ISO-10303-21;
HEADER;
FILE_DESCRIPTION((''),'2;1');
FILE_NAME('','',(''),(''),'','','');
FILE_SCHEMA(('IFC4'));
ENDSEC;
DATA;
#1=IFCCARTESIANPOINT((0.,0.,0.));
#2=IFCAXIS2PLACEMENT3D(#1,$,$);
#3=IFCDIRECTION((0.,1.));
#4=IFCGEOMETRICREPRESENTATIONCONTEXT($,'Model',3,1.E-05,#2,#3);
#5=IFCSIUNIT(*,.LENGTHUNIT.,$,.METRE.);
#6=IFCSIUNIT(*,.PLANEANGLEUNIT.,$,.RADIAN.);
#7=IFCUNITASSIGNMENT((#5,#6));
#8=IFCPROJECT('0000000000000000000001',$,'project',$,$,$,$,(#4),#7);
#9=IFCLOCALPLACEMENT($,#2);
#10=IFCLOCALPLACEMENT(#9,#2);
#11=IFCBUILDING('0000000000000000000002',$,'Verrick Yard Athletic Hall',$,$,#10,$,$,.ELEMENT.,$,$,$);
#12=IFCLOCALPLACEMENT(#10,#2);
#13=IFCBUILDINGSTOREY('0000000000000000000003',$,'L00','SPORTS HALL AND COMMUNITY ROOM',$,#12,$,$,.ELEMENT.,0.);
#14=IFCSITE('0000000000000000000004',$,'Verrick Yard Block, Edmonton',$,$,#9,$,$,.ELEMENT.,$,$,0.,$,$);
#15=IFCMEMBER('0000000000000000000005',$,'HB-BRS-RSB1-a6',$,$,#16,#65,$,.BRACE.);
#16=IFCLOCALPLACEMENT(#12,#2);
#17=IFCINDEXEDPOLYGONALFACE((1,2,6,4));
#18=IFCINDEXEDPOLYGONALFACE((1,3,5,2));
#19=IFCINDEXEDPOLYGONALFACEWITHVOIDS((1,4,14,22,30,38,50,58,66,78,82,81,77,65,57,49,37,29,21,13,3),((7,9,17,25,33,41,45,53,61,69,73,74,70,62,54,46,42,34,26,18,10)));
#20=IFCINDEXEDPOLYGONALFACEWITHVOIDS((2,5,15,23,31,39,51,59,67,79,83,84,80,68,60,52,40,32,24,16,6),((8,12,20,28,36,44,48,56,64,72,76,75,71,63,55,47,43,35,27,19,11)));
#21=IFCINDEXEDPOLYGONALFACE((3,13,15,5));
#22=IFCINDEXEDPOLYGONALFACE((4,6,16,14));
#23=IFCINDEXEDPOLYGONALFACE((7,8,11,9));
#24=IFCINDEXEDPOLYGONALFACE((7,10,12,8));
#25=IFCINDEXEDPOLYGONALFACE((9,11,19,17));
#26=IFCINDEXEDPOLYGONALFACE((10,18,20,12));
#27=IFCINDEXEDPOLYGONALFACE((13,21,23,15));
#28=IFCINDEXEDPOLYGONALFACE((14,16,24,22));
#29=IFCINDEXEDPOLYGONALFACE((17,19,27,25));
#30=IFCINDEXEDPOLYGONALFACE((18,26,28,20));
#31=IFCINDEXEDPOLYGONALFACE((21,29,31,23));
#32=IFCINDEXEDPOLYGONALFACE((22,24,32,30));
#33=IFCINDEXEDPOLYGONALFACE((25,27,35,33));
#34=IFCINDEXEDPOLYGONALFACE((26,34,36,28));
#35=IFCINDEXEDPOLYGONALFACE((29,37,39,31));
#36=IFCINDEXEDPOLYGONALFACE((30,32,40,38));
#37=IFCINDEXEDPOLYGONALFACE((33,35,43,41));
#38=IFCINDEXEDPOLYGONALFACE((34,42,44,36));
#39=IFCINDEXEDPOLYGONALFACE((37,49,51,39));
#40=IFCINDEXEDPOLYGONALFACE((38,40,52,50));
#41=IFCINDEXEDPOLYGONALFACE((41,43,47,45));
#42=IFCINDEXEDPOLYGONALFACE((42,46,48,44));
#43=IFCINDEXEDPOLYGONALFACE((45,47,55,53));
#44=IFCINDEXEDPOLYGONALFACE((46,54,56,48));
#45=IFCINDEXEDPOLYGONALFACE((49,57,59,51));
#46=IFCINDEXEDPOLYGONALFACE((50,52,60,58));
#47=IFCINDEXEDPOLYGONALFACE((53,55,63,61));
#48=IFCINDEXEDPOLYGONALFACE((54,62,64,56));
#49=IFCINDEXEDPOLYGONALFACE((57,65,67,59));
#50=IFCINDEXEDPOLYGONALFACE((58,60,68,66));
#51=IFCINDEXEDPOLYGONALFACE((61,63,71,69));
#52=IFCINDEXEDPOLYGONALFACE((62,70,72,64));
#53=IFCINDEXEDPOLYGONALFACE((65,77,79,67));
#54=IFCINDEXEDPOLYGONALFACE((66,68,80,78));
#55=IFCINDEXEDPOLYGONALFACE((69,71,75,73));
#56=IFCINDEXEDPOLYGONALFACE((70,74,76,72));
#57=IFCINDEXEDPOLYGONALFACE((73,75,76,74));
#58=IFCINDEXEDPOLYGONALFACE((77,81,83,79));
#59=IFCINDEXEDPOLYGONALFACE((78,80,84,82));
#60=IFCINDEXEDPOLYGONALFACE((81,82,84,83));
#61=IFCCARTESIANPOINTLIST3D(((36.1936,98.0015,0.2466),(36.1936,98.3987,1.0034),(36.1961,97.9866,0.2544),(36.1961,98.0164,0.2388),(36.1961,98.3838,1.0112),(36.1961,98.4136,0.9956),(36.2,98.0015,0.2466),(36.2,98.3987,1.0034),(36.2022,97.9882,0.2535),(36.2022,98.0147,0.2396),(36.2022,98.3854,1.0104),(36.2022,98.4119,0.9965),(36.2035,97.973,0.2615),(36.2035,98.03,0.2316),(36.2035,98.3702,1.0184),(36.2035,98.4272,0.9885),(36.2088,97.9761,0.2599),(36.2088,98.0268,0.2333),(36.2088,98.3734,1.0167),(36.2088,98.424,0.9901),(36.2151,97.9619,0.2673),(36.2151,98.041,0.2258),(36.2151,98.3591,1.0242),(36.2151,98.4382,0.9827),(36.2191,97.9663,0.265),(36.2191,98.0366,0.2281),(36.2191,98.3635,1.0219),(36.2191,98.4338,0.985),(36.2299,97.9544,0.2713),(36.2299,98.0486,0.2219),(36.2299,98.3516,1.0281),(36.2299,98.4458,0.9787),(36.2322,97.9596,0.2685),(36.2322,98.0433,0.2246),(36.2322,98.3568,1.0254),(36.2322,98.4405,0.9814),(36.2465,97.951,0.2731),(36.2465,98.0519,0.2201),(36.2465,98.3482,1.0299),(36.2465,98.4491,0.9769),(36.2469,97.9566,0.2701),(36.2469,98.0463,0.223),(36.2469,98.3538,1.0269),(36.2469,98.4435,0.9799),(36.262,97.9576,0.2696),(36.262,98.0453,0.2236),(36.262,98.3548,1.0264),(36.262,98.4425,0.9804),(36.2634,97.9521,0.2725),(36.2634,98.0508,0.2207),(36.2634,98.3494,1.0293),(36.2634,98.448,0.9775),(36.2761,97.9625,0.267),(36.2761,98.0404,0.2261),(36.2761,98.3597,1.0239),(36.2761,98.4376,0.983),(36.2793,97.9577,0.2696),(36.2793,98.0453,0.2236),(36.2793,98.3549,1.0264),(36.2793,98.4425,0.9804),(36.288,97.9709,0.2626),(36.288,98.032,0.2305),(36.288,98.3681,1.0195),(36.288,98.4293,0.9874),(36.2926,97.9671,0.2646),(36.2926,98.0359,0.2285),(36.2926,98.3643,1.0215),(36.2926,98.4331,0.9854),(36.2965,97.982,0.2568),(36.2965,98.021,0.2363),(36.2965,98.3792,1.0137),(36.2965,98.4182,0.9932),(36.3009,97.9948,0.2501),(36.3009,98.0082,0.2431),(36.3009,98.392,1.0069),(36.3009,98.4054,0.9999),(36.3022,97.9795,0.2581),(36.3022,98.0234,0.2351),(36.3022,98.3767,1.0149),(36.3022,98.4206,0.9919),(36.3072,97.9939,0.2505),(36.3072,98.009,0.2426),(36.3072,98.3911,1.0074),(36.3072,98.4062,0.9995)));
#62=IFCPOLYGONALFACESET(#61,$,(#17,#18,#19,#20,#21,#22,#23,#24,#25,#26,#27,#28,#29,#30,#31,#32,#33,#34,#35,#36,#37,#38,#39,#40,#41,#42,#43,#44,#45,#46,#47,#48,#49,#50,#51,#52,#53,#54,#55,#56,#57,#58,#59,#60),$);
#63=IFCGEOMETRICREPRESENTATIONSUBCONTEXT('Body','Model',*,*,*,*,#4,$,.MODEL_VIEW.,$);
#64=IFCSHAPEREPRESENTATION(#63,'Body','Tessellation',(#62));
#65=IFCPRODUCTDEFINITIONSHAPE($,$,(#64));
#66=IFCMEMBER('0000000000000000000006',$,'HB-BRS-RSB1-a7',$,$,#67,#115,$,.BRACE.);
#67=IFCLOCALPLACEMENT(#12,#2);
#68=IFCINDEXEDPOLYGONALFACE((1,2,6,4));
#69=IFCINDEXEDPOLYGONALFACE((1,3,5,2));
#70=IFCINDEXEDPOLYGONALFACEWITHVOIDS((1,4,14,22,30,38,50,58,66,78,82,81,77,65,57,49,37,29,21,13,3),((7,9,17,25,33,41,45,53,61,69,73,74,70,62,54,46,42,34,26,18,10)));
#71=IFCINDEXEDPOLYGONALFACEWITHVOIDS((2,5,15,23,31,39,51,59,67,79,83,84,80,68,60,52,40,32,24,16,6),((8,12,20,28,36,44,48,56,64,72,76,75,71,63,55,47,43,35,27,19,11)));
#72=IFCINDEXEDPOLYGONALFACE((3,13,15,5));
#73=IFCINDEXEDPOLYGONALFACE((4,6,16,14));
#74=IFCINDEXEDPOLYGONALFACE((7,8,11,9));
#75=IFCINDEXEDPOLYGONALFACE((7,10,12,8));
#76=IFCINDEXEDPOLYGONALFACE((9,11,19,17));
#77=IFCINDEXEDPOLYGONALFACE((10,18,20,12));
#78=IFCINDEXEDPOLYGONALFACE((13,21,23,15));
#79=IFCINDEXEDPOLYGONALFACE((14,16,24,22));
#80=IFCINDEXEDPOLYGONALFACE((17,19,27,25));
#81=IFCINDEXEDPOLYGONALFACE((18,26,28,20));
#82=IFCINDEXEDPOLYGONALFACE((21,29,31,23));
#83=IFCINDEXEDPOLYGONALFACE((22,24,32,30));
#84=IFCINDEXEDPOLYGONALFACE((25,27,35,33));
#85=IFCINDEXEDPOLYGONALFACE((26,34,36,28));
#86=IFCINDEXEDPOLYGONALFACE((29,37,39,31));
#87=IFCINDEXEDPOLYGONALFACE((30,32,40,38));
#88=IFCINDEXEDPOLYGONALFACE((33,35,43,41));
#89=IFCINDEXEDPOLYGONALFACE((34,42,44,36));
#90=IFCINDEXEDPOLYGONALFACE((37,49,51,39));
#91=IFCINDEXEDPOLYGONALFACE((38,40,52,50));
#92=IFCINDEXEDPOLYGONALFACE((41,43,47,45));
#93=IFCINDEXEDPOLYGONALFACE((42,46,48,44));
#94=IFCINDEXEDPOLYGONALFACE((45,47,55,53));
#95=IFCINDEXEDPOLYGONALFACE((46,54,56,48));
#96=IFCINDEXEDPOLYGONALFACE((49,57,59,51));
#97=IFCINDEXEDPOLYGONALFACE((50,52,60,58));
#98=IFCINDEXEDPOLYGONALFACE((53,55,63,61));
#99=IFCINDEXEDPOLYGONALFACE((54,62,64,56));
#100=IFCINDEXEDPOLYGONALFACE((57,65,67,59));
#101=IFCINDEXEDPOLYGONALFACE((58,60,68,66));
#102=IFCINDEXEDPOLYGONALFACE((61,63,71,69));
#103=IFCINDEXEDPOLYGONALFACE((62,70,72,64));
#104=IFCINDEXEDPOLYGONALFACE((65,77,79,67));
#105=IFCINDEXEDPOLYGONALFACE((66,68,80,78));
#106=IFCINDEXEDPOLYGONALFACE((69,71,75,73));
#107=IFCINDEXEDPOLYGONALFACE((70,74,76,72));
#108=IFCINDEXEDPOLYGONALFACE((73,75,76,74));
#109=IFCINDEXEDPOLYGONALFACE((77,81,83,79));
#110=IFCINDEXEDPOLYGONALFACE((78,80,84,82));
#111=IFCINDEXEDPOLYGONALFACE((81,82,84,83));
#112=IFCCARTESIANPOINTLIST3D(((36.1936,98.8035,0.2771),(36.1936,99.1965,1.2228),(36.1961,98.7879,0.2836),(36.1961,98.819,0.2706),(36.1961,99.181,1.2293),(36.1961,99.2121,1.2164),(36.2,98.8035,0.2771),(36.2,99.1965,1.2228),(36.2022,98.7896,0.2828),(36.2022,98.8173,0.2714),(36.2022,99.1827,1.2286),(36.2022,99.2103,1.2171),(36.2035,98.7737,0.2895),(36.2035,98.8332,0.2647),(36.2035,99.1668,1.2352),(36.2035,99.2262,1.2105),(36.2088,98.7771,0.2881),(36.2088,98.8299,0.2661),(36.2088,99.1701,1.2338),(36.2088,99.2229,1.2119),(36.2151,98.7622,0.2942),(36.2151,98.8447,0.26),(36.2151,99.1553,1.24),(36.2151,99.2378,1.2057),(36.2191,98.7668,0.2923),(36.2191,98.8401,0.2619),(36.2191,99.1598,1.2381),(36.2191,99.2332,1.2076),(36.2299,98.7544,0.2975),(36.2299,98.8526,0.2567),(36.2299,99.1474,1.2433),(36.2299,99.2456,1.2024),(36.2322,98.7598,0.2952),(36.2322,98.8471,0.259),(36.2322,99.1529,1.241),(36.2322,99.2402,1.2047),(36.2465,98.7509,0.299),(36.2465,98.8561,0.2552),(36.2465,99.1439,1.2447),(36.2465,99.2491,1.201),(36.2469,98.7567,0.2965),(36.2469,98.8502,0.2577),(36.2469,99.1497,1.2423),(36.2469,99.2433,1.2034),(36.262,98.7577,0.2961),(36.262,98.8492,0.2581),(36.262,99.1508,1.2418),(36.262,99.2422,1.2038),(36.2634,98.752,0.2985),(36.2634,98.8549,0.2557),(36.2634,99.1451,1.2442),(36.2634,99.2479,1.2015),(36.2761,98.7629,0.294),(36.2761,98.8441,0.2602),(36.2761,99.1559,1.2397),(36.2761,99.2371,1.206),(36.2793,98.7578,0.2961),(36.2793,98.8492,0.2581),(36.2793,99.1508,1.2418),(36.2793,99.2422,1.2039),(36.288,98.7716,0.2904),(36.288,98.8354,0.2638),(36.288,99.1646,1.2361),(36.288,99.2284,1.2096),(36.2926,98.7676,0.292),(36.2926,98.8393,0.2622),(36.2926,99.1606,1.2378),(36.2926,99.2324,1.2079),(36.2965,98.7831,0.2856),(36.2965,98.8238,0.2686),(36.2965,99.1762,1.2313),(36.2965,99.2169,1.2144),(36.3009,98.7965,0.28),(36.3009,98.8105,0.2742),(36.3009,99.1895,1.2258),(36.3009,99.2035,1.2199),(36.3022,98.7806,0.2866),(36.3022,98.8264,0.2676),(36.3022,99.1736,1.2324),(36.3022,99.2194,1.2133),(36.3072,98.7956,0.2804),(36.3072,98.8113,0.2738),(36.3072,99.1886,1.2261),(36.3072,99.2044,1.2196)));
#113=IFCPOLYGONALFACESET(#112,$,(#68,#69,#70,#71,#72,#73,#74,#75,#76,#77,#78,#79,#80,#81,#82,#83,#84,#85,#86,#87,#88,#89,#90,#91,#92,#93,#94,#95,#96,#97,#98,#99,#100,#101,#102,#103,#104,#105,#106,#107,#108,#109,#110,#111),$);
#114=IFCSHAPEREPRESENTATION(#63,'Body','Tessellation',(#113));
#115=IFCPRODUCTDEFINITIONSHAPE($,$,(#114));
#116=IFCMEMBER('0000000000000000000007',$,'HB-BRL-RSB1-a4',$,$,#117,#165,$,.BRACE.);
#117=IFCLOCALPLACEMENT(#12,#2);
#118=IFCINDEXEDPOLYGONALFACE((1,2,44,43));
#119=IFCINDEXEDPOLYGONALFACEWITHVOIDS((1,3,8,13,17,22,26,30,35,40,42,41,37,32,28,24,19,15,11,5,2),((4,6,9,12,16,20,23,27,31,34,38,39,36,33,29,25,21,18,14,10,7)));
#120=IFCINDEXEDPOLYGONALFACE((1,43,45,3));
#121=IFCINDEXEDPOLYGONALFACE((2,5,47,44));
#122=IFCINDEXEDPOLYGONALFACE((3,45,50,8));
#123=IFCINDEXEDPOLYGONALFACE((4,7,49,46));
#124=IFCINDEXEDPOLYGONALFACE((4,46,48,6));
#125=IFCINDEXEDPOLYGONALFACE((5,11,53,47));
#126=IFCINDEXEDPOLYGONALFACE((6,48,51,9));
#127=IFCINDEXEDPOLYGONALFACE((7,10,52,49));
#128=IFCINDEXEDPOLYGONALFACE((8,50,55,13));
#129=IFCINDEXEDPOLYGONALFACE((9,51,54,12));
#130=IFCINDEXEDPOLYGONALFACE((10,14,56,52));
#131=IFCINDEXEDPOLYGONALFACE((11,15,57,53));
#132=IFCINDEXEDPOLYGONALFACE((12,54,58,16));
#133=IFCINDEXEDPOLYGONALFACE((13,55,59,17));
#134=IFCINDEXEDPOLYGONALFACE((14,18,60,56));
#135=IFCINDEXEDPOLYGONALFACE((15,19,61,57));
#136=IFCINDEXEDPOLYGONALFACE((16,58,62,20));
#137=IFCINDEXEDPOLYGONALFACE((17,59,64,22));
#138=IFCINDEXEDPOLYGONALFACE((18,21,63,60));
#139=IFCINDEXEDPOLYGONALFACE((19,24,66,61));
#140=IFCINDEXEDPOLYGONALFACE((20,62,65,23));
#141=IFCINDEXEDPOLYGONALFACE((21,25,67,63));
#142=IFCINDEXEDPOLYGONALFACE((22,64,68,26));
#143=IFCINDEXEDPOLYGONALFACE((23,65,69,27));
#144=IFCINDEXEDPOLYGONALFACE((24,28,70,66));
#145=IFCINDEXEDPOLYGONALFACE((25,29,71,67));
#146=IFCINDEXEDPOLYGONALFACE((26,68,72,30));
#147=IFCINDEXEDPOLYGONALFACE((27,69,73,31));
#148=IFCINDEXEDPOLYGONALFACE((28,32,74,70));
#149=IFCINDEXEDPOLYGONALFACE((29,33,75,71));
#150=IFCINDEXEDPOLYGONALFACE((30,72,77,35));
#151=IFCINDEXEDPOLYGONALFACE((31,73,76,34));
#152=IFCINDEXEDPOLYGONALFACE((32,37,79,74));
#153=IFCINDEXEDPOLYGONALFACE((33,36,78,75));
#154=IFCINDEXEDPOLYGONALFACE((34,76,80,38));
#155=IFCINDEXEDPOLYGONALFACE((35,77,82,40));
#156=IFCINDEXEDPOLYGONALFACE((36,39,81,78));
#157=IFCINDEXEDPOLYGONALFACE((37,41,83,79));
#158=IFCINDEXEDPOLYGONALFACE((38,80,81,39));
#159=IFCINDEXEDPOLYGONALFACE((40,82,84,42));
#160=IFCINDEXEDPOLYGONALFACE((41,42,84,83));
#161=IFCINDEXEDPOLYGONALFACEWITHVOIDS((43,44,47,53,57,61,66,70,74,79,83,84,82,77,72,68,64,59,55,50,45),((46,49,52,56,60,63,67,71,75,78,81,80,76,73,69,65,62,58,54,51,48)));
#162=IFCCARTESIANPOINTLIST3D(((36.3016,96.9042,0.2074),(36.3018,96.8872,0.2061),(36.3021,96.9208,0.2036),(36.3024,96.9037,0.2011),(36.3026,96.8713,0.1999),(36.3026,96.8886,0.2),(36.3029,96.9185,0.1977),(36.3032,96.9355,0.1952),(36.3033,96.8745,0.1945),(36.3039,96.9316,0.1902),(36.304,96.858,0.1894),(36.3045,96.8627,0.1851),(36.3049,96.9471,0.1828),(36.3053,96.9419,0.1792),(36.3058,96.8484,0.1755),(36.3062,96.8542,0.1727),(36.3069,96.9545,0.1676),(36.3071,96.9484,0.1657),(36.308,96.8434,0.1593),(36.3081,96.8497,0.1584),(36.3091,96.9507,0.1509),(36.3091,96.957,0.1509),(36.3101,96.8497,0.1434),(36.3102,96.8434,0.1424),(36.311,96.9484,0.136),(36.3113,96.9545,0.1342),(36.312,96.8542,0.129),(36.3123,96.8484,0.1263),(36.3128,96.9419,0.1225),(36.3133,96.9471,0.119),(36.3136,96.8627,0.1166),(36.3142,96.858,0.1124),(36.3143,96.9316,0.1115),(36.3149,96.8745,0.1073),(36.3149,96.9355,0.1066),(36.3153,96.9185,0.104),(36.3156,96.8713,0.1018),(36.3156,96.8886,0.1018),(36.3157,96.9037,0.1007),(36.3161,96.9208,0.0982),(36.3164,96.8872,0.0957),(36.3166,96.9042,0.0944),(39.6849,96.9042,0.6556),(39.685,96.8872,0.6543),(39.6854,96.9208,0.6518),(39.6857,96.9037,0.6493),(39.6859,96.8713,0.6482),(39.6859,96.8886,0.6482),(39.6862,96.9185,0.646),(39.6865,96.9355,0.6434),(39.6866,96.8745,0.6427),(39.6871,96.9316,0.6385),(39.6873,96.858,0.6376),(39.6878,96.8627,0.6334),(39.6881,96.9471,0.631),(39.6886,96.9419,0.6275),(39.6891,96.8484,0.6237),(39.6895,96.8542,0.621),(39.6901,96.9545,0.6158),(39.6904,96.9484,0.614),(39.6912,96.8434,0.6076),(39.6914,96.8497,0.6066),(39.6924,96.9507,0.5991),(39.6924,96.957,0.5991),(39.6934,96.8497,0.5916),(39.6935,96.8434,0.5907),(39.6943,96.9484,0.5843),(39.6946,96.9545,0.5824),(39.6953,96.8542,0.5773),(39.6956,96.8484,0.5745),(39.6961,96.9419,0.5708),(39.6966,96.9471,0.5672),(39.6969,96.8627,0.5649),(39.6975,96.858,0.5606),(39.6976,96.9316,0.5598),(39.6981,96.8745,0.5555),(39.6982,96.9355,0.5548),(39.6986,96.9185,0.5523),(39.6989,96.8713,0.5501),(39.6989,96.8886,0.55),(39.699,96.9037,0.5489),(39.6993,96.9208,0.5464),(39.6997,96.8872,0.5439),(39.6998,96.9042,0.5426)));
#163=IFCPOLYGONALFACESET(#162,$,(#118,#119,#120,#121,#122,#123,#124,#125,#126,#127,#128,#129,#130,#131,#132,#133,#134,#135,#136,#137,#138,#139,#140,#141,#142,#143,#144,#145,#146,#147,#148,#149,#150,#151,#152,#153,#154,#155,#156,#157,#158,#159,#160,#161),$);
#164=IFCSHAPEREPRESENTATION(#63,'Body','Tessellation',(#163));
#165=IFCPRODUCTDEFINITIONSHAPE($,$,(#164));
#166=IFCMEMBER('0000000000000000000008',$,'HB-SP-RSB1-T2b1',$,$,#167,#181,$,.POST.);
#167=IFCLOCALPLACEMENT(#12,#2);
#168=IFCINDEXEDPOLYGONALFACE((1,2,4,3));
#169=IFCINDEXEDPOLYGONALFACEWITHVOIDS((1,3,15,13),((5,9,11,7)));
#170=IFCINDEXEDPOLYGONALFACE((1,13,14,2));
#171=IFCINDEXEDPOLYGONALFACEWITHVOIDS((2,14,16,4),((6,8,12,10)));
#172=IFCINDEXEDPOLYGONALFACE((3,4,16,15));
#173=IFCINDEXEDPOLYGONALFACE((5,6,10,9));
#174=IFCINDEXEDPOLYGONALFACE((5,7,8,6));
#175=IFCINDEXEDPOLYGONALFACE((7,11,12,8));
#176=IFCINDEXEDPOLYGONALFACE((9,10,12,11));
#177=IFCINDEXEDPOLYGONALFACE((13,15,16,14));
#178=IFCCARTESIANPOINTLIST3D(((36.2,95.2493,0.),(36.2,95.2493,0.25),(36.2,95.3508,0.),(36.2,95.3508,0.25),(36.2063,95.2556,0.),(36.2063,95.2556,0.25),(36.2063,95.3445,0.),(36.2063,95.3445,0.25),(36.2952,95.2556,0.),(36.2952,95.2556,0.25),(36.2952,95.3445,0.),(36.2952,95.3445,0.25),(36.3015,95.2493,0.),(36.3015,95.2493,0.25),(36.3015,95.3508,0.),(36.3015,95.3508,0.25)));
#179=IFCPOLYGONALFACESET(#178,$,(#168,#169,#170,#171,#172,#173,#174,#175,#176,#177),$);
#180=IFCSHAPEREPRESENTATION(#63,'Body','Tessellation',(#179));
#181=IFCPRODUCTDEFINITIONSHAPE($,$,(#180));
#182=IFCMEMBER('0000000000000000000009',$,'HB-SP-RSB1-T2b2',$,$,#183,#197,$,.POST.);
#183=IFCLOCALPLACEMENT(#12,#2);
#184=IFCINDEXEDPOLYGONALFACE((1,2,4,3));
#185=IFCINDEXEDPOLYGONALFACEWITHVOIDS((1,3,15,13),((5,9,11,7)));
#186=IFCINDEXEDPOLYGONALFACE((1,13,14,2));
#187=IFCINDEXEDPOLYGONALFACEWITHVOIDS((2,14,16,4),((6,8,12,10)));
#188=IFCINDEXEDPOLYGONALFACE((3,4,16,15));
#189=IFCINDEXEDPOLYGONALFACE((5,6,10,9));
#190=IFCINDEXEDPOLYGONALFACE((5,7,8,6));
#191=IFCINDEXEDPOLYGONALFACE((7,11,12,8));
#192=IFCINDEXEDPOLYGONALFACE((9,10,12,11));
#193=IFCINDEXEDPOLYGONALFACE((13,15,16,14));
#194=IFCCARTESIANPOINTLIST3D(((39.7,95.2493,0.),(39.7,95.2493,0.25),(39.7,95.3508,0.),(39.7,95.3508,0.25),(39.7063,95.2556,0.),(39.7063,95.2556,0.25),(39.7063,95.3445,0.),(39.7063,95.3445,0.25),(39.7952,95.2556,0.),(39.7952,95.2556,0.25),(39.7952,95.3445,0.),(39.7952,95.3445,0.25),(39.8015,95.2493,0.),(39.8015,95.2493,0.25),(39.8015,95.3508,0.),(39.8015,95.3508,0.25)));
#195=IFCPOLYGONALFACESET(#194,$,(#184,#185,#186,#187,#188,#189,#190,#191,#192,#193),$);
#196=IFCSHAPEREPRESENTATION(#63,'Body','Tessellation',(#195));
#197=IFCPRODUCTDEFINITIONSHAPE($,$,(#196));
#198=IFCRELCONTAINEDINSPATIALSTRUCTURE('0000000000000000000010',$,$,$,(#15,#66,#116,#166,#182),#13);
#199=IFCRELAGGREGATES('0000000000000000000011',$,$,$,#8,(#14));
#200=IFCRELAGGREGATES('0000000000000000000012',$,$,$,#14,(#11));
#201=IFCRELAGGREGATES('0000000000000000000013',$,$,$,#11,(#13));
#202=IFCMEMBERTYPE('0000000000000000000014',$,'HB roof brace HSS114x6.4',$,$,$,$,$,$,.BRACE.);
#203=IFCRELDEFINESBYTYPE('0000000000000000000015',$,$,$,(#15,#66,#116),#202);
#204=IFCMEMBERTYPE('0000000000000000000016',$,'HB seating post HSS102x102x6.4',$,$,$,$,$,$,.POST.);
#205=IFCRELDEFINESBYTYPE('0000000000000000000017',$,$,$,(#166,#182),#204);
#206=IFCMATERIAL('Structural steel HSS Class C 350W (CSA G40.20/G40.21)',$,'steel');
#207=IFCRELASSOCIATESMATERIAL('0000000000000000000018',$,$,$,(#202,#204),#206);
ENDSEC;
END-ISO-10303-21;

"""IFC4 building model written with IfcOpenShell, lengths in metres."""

from ifc_helpers import new_model, si_unit, direction, frame, origin, origin_2d, place, context, subcontext, project, spatial, hollow_rectangle, hollow_circle, extrude, material, material_profile, profile_set, type_object, element, save


model = new_model("IFC4")

# Units and contexts
model_context = context("Model", 3, precision=1e-05, world=origin(), true_north=direction((0.0, 1.0)))
body_context = subcontext(model_context, "Body", "Model", "MODEL_VIEW")
ifc_project = project(units=[si_unit("LENGTHUNIT", "METRE"), si_unit("PLANEANGLEUNIT", "RADIAN")], contexts=[model_context])

# Site, building, storey
site_placement = place(None, origin())
site = spatial("IfcSite", under=ifc_project, at=site_placement, Name="Verrick Yard Block, Edmonton", CompositionType="ELEMENT", RefElevation=0.0)
building_placement = place(site_placement, origin())
building = spatial("IfcBuilding", under=site, at=building_placement, Name="Verrick Yard Athletic Hall", CompositionType="ELEMENT")
storey_placement = place(building_placement, origin())
storey = spatial("IfcBuildingStorey", under=building, at=storey_placement, Name="L00", Description="SPORTS HALL AND COMMUNITY ROOM", CompositionType="ELEMENT", Elevation=0.0)

# Members
ifc_material_1 = material(Name="Structural steel HSS Class C 350W (CSA G40.20/G40.21)", Category="steel")
ifc_material_profile_1 = material_profile(ifc_material_1, hollow_circle(Radius=0.0571, WallThickness=0.0063, at=origin_2d()), Name="HSS114x6.4")
ifc_profile_set_1 = profile_set([ifc_material_profile_1], Name="Structural steel HSS Class C 350W (CSA G40.20/G40.21)")
member_type_1 = type_object("IfcMemberType", Name="HB roof brace HSS114x6.4", PredefinedType="BRACE", material=ifc_profile_set_1)
member_1_placement = place(storey_placement, frame((36.2507, 98.0015, 0.2466), z_axis=(0.0, 0.464722, 0.885457), x_axis=(-1.0, 0.0, 0.0)))
element("IfcMember", 1, at=member_1_placement, inside=storey, type_object=member_type_1, Name="HB-BRS-RSB1-a6", PredefinedType="BRACE", context=body_context, shape_type="SweptSolid", body=[
    extrude(hollow_circle(Radius=0.0571, WallThickness=0.0063, at=origin_2d()), origin(), (0.0, 0.0, 1.0), 0.8547),
])
member_2_placement = place(storey_placement, frame((36.2507, 98.8035, 0.2771), z_axis=(0.0, 0.383769, 0.923429), x_axis=(-1.0, 0.0, 0.0)))
element("IfcMember", 2, at=member_2_placement, inside=storey, type_object=member_type_1, Name="HB-BRS-RSB1-a7", PredefinedType="BRACE", context=body_context, shape_type="SweptSolid", body=[
    extrude(hollow_circle(Radius=0.0571, WallThickness=0.0063, at=origin_2d()), origin(), (0.0, 0.0, 1.0), 1.0242),
])
member_3_placement = place(storey_placement, frame((36.3091, 96.8999, 0.1509), z_axis=(0.991338, 0.0, 0.131339), x_axis=(0.0, 1.0, 0.0)))
element("IfcMember", 3, at=member_3_placement, inside=storey, type_object=member_type_1, Name="HB-BRL-RSB1-a4", PredefinedType="BRACE", context=body_context, shape_type="SweptSolid", body=[
    extrude(hollow_circle(Radius=0.0571, WallThickness=0.0063, at=origin_2d()), origin(), (0.0, 0.0, 1.0), 3.4128),
])
ifc_material_profile_2 = material_profile(ifc_material_1, hollow_rectangle(XDim=0.1016, YDim=0.1016, WallThickness=0.0063, at=origin_2d()), Name="HSS102x102x6.4")
ifc_profile_set_2 = profile_set([ifc_material_profile_2], Name="Structural steel HSS Class C 350W (CSA G40.20/G40.21)")
member_type_2 = type_object("IfcMemberType", Name="HB seating post HSS102x102x6.4", PredefinedType="POST", material=ifc_profile_set_2)
for number, where, z_axis, x_axis, name in (
    (4, (36.2507, 95.3, 0.0), (0.0, 0.0, 1.0), (0.0, 1.0, 0.0), "HB-SP-RSB1-T2b1"),
    (5, (39.7507, 95.3, 0.0), (0.0, 0.0, 1.0), (0.0, 1.0, 0.0), "HB-SP-RSB1-T2b2"),
):
    element("IfcMember", number, at=place(storey_placement, frame(where, z_axis=z_axis, x_axis=x_axis)), inside=storey, type_object=member_type_2, Name=name, PredefinedType="POST", context=body_context, shape_type="SweptSolid", body=[
        extrude(hollow_rectangle(XDim=0.1016, YDim=0.1016, WallThickness=0.0063, at=origin_2d()), origin(), (0.0, 0.0, 1.0), 0.25),
    ])

save(model, "model.ifc")
